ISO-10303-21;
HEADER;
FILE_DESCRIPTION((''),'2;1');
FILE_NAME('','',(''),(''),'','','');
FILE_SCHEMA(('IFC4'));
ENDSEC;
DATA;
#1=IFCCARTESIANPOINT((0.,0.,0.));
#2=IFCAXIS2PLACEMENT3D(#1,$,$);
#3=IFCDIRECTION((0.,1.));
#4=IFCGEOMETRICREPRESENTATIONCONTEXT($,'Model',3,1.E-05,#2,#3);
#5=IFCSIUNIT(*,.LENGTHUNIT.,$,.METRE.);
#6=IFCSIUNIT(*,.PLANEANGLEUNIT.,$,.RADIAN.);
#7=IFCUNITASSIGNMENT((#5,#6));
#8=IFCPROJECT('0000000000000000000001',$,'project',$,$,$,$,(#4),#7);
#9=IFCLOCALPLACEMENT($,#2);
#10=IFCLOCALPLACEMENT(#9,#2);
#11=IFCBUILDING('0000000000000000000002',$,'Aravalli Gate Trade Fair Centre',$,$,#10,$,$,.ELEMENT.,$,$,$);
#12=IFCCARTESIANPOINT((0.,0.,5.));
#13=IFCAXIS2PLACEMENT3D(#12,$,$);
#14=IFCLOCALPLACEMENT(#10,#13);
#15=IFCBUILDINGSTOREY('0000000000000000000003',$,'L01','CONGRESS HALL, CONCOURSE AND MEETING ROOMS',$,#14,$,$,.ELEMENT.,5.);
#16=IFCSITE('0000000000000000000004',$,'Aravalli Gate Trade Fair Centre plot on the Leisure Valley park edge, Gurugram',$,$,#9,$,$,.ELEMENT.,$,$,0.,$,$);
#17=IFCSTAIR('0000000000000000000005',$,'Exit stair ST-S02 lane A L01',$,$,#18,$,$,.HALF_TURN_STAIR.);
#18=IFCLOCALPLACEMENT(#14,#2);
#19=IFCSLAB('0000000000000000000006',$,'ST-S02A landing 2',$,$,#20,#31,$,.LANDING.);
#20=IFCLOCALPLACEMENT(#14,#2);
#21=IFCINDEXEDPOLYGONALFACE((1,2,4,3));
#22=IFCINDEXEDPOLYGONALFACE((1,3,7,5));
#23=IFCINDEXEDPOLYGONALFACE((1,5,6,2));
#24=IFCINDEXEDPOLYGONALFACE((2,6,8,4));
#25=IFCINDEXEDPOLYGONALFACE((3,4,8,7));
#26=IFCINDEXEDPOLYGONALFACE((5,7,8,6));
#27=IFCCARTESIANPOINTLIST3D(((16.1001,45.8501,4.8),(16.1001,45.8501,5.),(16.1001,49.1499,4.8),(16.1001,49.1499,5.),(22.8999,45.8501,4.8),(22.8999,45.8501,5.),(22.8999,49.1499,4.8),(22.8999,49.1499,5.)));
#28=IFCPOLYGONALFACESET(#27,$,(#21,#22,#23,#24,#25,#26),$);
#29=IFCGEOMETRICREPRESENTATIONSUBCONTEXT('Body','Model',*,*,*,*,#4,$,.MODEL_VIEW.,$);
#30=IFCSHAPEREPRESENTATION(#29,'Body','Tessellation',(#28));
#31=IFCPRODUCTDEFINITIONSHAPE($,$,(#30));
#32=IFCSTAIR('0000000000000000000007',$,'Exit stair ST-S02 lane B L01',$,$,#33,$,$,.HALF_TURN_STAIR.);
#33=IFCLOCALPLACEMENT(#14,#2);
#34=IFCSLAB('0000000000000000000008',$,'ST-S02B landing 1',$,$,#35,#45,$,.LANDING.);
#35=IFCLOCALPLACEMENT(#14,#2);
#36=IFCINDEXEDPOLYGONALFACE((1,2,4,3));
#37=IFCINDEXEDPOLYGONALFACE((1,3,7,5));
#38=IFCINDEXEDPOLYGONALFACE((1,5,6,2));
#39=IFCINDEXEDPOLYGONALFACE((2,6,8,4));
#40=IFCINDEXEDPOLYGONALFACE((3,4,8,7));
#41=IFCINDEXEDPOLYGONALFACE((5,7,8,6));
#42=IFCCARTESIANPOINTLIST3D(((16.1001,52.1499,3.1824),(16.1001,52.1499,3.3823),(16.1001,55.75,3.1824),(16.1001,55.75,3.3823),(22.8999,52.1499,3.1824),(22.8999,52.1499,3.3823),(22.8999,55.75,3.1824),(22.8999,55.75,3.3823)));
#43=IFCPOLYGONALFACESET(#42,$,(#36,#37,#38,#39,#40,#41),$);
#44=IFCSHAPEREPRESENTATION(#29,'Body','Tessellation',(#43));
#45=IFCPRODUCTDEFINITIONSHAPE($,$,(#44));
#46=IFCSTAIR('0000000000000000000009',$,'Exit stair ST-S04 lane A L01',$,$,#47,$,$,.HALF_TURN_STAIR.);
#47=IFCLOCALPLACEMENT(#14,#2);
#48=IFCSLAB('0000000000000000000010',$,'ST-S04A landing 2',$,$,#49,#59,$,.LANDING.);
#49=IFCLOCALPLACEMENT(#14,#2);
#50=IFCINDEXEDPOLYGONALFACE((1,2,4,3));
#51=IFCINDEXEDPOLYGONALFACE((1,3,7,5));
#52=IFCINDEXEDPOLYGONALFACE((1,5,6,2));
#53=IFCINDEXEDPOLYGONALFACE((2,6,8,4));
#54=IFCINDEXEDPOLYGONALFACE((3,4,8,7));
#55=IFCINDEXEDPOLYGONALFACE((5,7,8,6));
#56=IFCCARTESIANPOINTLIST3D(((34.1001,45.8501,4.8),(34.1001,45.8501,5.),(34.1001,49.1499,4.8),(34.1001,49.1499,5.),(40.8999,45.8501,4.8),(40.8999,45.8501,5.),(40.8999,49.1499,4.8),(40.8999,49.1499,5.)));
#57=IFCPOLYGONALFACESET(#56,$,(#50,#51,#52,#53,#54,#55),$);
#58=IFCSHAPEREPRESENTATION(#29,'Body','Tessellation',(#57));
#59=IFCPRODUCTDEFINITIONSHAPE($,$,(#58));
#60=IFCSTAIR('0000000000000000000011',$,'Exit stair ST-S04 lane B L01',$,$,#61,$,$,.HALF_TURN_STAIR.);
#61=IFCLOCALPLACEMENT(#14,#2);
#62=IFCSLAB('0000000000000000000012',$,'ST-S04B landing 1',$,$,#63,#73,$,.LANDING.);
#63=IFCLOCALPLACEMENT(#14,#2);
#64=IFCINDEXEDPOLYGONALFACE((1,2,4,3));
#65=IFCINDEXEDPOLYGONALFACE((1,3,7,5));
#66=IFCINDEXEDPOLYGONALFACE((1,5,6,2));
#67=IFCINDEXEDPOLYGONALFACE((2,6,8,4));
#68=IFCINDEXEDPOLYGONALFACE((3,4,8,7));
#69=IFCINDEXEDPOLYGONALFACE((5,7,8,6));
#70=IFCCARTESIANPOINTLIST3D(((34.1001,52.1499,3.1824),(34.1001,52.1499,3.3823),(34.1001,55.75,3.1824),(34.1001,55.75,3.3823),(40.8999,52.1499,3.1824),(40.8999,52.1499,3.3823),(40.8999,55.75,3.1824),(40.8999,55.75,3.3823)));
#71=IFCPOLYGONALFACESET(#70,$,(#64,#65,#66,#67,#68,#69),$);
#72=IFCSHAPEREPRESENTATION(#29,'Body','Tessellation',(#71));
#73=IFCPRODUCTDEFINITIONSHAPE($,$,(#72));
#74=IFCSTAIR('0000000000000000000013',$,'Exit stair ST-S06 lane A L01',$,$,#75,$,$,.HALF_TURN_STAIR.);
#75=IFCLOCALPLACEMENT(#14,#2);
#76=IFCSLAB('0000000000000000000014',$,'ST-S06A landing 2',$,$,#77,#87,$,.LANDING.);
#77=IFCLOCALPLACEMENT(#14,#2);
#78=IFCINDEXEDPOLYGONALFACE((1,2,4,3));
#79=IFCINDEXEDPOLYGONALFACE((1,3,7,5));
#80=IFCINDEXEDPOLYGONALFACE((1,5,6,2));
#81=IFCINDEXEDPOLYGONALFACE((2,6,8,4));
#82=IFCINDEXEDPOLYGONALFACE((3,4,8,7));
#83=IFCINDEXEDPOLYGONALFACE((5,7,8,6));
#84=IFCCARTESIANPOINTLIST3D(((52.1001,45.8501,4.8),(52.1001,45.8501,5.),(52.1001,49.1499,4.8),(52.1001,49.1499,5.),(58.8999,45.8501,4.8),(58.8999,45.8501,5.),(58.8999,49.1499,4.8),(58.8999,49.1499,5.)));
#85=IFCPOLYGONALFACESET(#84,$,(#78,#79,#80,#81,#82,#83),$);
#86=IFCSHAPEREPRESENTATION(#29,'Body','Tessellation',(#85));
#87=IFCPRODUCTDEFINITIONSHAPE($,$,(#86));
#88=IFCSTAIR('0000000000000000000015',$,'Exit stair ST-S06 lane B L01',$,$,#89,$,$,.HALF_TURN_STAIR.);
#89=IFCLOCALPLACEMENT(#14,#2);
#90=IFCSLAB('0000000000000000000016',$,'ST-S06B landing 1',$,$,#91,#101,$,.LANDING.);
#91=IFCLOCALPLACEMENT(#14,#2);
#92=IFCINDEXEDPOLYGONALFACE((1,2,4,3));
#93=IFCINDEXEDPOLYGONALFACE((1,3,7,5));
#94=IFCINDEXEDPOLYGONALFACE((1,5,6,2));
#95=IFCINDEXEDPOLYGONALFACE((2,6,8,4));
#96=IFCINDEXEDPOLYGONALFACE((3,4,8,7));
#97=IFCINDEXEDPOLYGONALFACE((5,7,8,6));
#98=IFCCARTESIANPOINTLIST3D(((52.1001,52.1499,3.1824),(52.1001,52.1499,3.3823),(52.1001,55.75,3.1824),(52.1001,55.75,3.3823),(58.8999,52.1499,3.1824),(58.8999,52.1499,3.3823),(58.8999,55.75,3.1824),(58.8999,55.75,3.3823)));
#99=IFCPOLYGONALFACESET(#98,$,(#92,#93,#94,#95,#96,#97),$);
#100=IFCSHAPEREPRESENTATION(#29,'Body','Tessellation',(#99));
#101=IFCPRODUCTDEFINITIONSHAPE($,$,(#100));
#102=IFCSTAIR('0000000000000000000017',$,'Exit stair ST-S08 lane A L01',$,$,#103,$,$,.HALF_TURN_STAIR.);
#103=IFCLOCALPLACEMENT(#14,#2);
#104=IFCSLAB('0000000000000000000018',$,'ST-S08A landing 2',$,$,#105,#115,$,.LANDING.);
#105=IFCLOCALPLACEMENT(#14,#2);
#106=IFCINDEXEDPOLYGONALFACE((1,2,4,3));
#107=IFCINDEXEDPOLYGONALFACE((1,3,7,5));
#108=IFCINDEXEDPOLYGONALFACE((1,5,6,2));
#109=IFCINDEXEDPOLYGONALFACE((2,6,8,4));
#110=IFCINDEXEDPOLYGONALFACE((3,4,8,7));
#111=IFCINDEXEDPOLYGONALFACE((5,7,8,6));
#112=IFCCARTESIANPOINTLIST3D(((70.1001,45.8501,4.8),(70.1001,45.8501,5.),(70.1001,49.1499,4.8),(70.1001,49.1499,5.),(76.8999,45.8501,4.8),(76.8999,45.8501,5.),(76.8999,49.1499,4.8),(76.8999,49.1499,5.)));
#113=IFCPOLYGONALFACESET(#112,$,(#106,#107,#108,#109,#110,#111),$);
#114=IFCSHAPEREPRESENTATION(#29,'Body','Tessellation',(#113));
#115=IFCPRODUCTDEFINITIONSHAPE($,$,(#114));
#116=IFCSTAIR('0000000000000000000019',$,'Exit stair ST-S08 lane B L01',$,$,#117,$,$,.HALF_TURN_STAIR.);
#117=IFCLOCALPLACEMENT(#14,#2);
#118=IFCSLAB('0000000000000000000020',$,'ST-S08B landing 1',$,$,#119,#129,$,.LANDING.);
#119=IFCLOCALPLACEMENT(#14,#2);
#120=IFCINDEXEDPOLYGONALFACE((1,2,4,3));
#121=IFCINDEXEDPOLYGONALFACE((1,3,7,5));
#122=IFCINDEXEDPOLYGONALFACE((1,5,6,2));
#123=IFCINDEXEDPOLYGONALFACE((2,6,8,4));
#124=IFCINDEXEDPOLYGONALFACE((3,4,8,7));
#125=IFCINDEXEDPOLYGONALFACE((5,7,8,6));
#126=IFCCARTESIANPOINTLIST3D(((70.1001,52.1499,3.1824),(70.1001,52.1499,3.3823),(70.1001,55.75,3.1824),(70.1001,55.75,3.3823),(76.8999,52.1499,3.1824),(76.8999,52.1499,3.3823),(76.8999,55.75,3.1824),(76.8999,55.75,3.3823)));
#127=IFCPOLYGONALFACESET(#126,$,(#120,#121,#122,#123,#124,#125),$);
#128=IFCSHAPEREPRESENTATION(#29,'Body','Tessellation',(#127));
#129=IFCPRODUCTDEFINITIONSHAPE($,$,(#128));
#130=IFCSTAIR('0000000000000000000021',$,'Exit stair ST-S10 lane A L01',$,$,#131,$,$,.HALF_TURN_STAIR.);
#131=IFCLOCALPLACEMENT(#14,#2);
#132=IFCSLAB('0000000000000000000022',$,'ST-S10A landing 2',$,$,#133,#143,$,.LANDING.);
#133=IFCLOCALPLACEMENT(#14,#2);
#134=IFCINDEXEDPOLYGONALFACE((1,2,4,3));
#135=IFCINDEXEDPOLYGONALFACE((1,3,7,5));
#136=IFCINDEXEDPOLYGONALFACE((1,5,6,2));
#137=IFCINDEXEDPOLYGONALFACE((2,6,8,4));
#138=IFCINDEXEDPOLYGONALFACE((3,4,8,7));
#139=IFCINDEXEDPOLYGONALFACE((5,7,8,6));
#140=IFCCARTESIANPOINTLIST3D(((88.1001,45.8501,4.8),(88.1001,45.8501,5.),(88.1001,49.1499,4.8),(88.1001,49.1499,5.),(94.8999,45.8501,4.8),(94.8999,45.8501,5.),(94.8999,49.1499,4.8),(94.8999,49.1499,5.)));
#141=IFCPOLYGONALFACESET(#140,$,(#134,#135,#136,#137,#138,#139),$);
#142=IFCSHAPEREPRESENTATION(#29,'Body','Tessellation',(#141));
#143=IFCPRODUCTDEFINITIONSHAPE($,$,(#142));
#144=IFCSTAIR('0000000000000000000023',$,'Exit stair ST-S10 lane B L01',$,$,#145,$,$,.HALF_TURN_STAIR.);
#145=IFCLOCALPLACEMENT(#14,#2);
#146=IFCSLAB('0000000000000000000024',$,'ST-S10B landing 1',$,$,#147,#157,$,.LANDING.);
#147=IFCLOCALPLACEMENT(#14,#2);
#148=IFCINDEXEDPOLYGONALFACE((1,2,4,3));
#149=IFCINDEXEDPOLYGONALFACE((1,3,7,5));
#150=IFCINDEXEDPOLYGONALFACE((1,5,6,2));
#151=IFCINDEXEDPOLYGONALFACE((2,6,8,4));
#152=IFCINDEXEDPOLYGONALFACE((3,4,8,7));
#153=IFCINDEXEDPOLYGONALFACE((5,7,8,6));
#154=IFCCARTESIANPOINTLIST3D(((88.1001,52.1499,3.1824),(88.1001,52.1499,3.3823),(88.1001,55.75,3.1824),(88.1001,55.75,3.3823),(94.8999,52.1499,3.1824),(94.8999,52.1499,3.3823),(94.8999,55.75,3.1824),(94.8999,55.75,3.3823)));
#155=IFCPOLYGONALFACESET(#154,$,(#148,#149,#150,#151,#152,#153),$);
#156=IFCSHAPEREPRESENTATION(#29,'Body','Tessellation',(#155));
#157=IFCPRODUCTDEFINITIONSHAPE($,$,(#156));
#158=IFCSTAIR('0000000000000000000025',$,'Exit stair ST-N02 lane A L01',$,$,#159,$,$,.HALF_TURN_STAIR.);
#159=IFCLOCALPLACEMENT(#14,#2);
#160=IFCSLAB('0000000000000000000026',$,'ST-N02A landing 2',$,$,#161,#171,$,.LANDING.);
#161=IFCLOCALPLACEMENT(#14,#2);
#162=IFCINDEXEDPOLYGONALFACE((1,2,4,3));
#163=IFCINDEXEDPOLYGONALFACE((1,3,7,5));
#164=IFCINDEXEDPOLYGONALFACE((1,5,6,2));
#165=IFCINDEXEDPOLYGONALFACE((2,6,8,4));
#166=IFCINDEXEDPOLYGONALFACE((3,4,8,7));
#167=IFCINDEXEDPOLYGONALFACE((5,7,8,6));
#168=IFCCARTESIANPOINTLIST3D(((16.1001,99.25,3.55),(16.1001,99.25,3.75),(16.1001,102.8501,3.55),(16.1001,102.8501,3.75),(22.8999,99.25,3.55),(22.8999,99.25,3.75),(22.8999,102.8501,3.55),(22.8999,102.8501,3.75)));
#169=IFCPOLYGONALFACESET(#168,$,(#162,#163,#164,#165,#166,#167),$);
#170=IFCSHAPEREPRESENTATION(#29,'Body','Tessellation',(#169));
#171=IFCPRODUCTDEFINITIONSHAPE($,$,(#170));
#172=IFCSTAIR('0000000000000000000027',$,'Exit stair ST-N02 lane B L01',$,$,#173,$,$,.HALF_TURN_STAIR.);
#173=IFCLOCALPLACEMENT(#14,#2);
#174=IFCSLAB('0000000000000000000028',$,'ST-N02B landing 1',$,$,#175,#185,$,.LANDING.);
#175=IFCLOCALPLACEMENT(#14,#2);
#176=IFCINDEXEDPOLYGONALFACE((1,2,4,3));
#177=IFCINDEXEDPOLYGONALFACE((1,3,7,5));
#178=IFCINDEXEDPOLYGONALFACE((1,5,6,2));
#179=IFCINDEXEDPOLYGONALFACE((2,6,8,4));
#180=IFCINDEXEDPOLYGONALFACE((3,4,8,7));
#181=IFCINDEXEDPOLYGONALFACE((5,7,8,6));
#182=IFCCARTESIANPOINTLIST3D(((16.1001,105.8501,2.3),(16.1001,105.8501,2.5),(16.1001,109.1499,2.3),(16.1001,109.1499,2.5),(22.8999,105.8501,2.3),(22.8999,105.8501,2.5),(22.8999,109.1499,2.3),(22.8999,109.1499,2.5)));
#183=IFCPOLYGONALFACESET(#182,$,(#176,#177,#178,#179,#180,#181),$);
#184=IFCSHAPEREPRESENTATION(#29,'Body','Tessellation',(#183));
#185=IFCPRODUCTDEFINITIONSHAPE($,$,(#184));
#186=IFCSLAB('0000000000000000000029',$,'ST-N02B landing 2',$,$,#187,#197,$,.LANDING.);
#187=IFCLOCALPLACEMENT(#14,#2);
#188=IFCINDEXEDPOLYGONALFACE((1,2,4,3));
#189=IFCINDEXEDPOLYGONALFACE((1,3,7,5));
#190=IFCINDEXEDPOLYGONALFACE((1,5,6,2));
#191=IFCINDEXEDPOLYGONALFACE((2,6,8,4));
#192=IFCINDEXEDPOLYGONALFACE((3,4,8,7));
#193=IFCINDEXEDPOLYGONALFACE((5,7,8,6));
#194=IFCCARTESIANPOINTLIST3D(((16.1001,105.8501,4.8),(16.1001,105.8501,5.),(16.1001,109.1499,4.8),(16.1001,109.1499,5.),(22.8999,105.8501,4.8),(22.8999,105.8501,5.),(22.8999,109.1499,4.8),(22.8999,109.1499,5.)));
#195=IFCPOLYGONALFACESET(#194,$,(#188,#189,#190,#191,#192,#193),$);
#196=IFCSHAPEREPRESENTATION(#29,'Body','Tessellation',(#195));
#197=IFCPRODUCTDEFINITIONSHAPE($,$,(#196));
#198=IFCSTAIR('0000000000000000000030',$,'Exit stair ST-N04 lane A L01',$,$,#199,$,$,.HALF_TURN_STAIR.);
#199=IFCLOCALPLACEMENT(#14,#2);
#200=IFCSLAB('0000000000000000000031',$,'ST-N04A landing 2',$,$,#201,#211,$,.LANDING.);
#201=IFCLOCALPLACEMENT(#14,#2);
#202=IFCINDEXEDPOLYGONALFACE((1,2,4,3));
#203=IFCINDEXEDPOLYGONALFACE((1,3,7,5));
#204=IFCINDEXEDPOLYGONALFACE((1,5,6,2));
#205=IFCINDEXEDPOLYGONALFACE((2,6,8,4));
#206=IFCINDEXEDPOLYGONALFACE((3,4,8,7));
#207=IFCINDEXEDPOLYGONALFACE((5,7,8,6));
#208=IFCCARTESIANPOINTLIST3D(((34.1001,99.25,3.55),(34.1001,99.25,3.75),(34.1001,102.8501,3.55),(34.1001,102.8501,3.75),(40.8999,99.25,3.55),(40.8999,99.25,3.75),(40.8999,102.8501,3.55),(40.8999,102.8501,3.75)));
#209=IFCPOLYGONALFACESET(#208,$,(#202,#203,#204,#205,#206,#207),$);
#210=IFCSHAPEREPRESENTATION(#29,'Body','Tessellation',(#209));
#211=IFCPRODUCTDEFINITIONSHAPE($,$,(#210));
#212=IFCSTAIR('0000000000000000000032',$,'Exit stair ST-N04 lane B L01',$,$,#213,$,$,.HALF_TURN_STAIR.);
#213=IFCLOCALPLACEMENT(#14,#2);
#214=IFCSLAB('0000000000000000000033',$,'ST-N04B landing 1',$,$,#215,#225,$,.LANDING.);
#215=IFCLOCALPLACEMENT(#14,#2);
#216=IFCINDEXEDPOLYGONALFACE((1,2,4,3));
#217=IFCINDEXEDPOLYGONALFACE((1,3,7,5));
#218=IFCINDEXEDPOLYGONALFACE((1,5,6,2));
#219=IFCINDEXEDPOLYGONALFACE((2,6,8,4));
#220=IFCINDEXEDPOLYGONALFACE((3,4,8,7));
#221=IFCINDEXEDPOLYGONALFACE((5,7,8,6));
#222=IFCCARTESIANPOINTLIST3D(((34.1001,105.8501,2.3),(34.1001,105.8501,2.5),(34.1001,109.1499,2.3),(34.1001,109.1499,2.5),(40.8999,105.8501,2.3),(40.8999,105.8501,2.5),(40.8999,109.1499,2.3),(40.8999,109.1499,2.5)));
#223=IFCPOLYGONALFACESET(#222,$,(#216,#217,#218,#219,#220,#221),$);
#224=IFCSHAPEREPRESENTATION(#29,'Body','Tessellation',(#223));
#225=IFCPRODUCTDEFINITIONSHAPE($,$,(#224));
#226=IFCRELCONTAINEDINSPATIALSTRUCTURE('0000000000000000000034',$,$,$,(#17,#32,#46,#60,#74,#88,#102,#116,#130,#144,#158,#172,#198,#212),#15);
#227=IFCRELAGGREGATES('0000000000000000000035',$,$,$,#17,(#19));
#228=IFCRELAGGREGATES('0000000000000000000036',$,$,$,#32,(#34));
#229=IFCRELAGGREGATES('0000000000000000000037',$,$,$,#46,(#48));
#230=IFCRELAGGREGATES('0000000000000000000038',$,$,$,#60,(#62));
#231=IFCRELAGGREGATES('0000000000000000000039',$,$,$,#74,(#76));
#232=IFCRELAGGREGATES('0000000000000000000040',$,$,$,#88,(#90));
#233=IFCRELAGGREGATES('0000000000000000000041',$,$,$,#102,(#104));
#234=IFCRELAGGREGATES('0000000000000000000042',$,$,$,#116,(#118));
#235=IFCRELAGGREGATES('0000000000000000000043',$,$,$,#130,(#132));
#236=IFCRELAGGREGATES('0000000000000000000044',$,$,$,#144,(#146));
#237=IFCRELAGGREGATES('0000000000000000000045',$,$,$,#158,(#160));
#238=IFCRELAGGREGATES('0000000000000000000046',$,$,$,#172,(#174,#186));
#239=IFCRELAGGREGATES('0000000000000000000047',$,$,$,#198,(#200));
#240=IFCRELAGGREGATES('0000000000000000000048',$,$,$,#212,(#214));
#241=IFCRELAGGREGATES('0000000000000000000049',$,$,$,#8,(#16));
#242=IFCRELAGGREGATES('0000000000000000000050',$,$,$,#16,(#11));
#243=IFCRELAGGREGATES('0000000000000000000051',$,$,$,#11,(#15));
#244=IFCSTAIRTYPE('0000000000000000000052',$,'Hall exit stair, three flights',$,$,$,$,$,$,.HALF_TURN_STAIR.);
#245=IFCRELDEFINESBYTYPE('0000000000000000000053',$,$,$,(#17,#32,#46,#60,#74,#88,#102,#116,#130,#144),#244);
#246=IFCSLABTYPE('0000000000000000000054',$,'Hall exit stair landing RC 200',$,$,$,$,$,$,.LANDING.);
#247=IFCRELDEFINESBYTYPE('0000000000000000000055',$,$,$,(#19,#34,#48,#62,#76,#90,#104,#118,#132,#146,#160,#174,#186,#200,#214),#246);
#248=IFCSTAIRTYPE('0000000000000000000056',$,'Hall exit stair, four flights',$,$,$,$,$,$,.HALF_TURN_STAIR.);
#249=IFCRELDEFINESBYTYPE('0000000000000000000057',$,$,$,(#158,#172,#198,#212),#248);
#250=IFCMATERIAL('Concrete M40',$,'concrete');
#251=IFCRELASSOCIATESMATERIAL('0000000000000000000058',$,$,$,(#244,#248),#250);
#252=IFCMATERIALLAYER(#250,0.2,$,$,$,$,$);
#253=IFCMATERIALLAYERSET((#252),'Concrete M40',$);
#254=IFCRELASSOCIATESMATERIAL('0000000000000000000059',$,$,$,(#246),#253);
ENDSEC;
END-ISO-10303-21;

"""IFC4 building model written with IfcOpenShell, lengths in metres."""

from ifc_helpers import new_model, si_unit, direction, frame, origin, place, context, subcontext, project, spatial, polyline, outline, extrude, material, layer, layer_set, type_object, element, aggregate, save


model = new_model("IFC4")

# Units and contexts
model_context = context("Model", 3, precision=1e-05, world=origin(), true_north=direction((0.0, 1.0)))
body_context = subcontext(model_context, "Body", "Model", "MODEL_VIEW")
ifc_project = project(units=[si_unit("LENGTHUNIT", "METRE"), si_unit("PLANEANGLEUNIT", "RADIAN")], contexts=[model_context])

# Site, building, storey
site_placement = place(None, origin())
site = spatial("IfcSite", under=ifc_project, at=site_placement, Name="Aravalli Gate Trade Fair Centre plot on the Leisure Valley park edge, Gurugram", CompositionType="ELEMENT", RefElevation=0.0)
building_placement = place(site_placement, origin())
building = spatial("IfcBuilding", under=site, at=building_placement, Name="Aravalli Gate Trade Fair Centre", CompositionType="ELEMENT")
storey_placement = place(building_placement, frame((0.0, 0.0, 5.0)))
storey = spatial("IfcBuildingStorey", under=building, at=storey_placement, Name="L01", Description="CONGRESS HALL, CONCOURSE AND MEETING ROOMS", CompositionType="ELEMENT", Elevation=5.0)

# Stairs, slabs
ifc_material = material(Name="Concrete M40", Category="concrete")
stair_type_1 = type_object("IfcStairType", Name="Hall exit stair, three flights", PredefinedType="HALF_TURN_STAIR", material=ifc_material)
stair_1_placement = place(storey_placement, origin())
stair_1 = element("IfcStair", 1, at=stair_1_placement, inside=storey, type_object=stair_type_1, Name="Exit stair ST-S02 lane A L01", PredefinedType="HALF_TURN_STAIR")
ifc_layer = layer(ifc_material, 0.2)
ifc_layer_set = layer_set([ifc_layer], Name="Concrete M40")
slab_type = type_object("IfcSlabType", Name="Hall exit stair landing RC 200", PredefinedType="LANDING", material=ifc_layer_set)
slab_1_placement = place(storey_placement, frame((0.0, 0.0, 4.8)))
slab_1 = element("IfcSlab", 2, at=slab_1_placement, type_object=slab_type, Name="ST-S02A landing 2", PredefinedType="LANDING", context=body_context, shape_type="SweptSolid", body=[
    extrude(outline(polyline([(16.1001, 45.8501), (22.8999, 45.8501), (22.8999, 49.1499), (16.1001, 49.1499), (16.1001, 45.8501)])), origin(), (0.0, 0.0, 1.0), 0.2),
])
aggregate(stair_1, [slab_1])
stair_2_placement = place(storey_placement, origin())
stair_2 = element("IfcStair", 3, at=stair_2_placement, inside=storey, type_object=stair_type_1, Name="Exit stair ST-S02 lane B L01", PredefinedType="HALF_TURN_STAIR")
slab_2_placement = place(storey_placement, frame((0.0, 0.0, 3.1824)))
slab_2 = element("IfcSlab", 4, at=slab_2_placement, type_object=slab_type, Name="ST-S02B landing 1", PredefinedType="LANDING", context=body_context, shape_type="SweptSolid", body=[
    extrude(outline(polyline([(16.1001, 52.1499), (22.8999, 52.1499), (22.8999, 55.75), (16.1001, 55.75), (16.1001, 52.1499)])), origin(), (0.0, 0.0, 1.0), 0.2),
])
aggregate(stair_2, [slab_2])
stair_3_placement = place(storey_placement, origin())
stair_3 = element("IfcStair", 5, at=stair_3_placement, inside=storey, type_object=stair_type_1, Name="Exit stair ST-S04 lane A L01", PredefinedType="HALF_TURN_STAIR")
slab_3_placement = place(storey_placement, frame((0.0, 0.0, 4.8)))
slab_3 = element("IfcSlab", 6, at=slab_3_placement, type_object=slab_type, Name="ST-S04A landing 2", PredefinedType="LANDING", context=body_context, shape_type="SweptSolid", body=[
    extrude(outline(polyline([(34.1001, 45.8501), (40.8999, 45.8501), (40.8999, 49.1499), (34.1001, 49.1499), (34.1001, 45.8501)])), origin(), (0.0, 0.0, 1.0), 0.2),
])
aggregate(stair_3, [slab_3])
stair_4_placement = place(storey_placement, origin())
stair_4 = element("IfcStair", 7, at=stair_4_placement, inside=storey, type_object=stair_type_1, Name="Exit stair ST-S04 lane B L01", PredefinedType="HALF_TURN_STAIR")
slab_4_placement = place(storey_placement, frame((0.0, 0.0, 3.1824)))
slab_4 = element("IfcSlab", 8, at=slab_4_placement, type_object=slab_type, Name="ST-S04B landing 1", PredefinedType="LANDING", context=body_context, shape_type="SweptSolid", body=[
    extrude(outline(polyline([(34.1001, 52.1499), (40.8999, 52.1499), (40.8999, 55.75), (34.1001, 55.75), (34.1001, 52.1499)])), origin(), (0.0, 0.0, 1.0), 0.2),
])
aggregate(stair_4, [slab_4])
stair_5_placement = place(storey_placement, origin())
stair_5 = element("IfcStair", 9, at=stair_5_placement, inside=storey, type_object=stair_type_1, Name="Exit stair ST-S06 lane A L01", PredefinedType="HALF_TURN_STAIR")
slab_5_placement = place(storey_placement, frame((0.0, 0.0, 4.8)))
slab_5 = element("IfcSlab", 10, at=slab_5_placement, type_object=slab_type, Name="ST-S06A landing 2", PredefinedType="LANDING", context=body_context, shape_type="SweptSolid", body=[
    extrude(outline(polyline([(52.1001, 45.8501), (58.8999, 45.8501), (58.8999, 49.1499), (52.1001, 49.1499), (52.1001, 45.8501)])), origin(), (0.0, 0.0, 1.0), 0.2),
])
aggregate(stair_5, [slab_5])
stair_6_placement = place(storey_placement, origin())
stair_6 = element("IfcStair", 11, at=stair_6_placement, inside=storey, type_object=stair_type_1, Name="Exit stair ST-S06 lane B L01", PredefinedType="HALF_TURN_STAIR")
slab_6_placement = place(storey_placement, frame((0.0, 0.0, 3.1824)))
slab_6 = element("IfcSlab", 12, at=slab_6_placement, type_object=slab_type, Name="ST-S06B landing 1", PredefinedType="LANDING", context=body_context, shape_type="SweptSolid", body=[
    extrude(outline(polyline([(52.1001, 52.1499), (58.8999, 52.1499), (58.8999, 55.75), (52.1001, 55.75), (52.1001, 52.1499)])), origin(), (0.0, 0.0, 1.0), 0.2),
])
aggregate(stair_6, [slab_6])
stair_7_placement = place(storey_placement, origin())
stair_7 = element("IfcStair", 13, at=stair_7_placement, inside=storey, type_object=stair_type_1, Name="Exit stair ST-S08 lane A L01", PredefinedType="HALF_TURN_STAIR")
slab_7_placement = place(storey_placement, frame((0.0, 0.0, 4.8)))
slab_7 = element("IfcSlab", 14, at=slab_7_placement, type_object=slab_type, Name="ST-S08A landing 2", PredefinedType="LANDING", context=body_context, shape_type="SweptSolid", body=[
    extrude(outline(polyline([(70.1001, 45.8501), (76.8999, 45.8501), (76.8999, 49.1499), (70.1001, 49.1499), (70.1001, 45.8501)])), origin(), (0.0, 0.0, 1.0), 0.2),
])
aggregate(stair_7, [slab_7])
stair_8_placement = place(storey_placement, origin())
stair_8 = element("IfcStair", 15, at=stair_8_placement, inside=storey, type_object=stair_type_1, Name="Exit stair ST-S08 lane B L01", PredefinedType="HALF_TURN_STAIR")
slab_8_placement = place(storey_placement, frame((0.0, 0.0, 3.1824)))
slab_8 = element("IfcSlab", 16, at=slab_8_placement, type_object=slab_type, Name="ST-S08B landing 1", PredefinedType="LANDING", context=body_context, shape_type="SweptSolid", body=[
    extrude(outline(polyline([(70.1001, 52.1499), (76.8999, 52.1499), (76.8999, 55.75), (70.1001, 55.75), (70.1001, 52.1499)])), origin(), (0.0, 0.0, 1.0), 0.2),
])
aggregate(stair_8, [slab_8])
stair_9_placement = place(storey_placement, origin())
stair_9 = element("IfcStair", 17, at=stair_9_placement, inside=storey, type_object=stair_type_1, Name="Exit stair ST-S10 lane A L01", PredefinedType="HALF_TURN_STAIR")
slab_9_placement = place(storey_placement, frame((0.0, 0.0, 4.8)))
slab_9 = element("IfcSlab", 18, at=slab_9_placement, type_object=slab_type, Name="ST-S10A landing 2", PredefinedType="LANDING", context=body_context, shape_type="SweptSolid", body=[
    extrude(outline(polyline([(88.1001, 45.8501), (94.8999, 45.8501), (94.8999, 49.1499), (88.1001, 49.1499), (88.1001, 45.8501)])), origin(), (0.0, 0.0, 1.0), 0.2),
])
aggregate(stair_9, [slab_9])
stair_10_placement = place(storey_placement, origin())
stair_10 = element("IfcStair", 19, at=stair_10_placement, inside=storey, type_object=stair_type_1, Name="Exit stair ST-S10 lane B L01", PredefinedType="HALF_TURN_STAIR")
slab_10_placement = place(storey_placement, frame((0.0, 0.0, 3.1824)))
slab_10 = element("IfcSlab", 20, at=slab_10_placement, type_object=slab_type, Name="ST-S10B landing 1", PredefinedType="LANDING", context=body_context, shape_type="SweptSolid", body=[
    extrude(outline(polyline([(88.1001, 52.1499), (94.8999, 52.1499), (94.8999, 55.75), (88.1001, 55.75), (88.1001, 52.1499)])), origin(), (0.0, 0.0, 1.0), 0.2),
])
aggregate(stair_10, [slab_10])
stair_type_2 = type_object("IfcStairType", Name="Hall exit stair, four flights", PredefinedType="HALF_TURN_STAIR", material=ifc_material)
stair_11_placement = place(storey_placement, origin())
stair_11 = element("IfcStair", 21, at=stair_11_placement, inside=storey, type_object=stair_type_2, Name="Exit stair ST-N02 lane A L01", PredefinedType="HALF_TURN_STAIR")
slab_11_placement = place(storey_placement, frame((0.0, 0.0, 3.55)))
slab_11 = element("IfcSlab", 22, at=slab_11_placement, type_object=slab_type, Name="ST-N02A landing 2", PredefinedType="LANDING", context=body_context, shape_type="SweptSolid", body=[
    extrude(outline(polyline([(16.1001, 102.8501), (22.8999, 102.8501), (22.8999, 99.25), (16.1001, 99.25), (16.1001, 102.8501)])), origin(), (0.0, 0.0, 1.0), 0.2),
])
aggregate(stair_11, [slab_11])

# Stair, slabs
stair_12_placement = place(storey_placement, origin())
stair_12 = element("IfcStair", 23, at=stair_12_placement, inside=storey, type_object=stair_type_2, Name="Exit stair ST-N02 lane B L01", PredefinedType="HALF_TURN_STAIR")
slab_12_placement = place(storey_placement, frame((0.0, 0.0, 2.3)))
slab_12 = element("IfcSlab", 24, at=slab_12_placement, type_object=slab_type, Name="ST-N02B landing 1", PredefinedType="LANDING", context=body_context, shape_type="SweptSolid", body=[
    extrude(outline(polyline([(16.1001, 109.1499), (22.8999, 109.1499), (22.8999, 105.8501), (16.1001, 105.8501), (16.1001, 109.1499)])), origin(), (0.0, 0.0, 1.0), 0.2),
])
slab_13_placement = place(storey_placement, frame((0.0, 0.0, 4.8)))
slab_13 = element("IfcSlab", 25, at=slab_13_placement, type_object=slab_type, Name="ST-N02B landing 2", PredefinedType="LANDING", context=body_context, shape_type="SweptSolid", body=[
    extrude(outline(polyline([(16.1001, 109.1499), (22.8999, 109.1499), (22.8999, 105.8501), (16.1001, 105.8501), (16.1001, 109.1499)])), origin(), (0.0, 0.0, 1.0), 0.2),
])
aggregate(stair_12, [slab_12, slab_13])

# Stair, slab
stair_13_placement = place(storey_placement, origin())
stair_13 = element("IfcStair", 26, at=stair_13_placement, inside=storey, type_object=stair_type_2, Name="Exit stair ST-N04 lane A L01", PredefinedType="HALF_TURN_STAIR")
slab_14_placement = place(storey_placement, frame((0.0, 0.0, 3.55)))
slab_14 = element("IfcSlab", 27, at=slab_14_placement, type_object=slab_type, Name="ST-N04A landing 2", PredefinedType="LANDING", context=body_context, shape_type="SweptSolid", body=[
    extrude(outline(polyline([(34.1001, 102.8501), (40.8999, 102.8501), (40.8999, 99.25), (34.1001, 99.25), (34.1001, 102.8501)])), origin(), (0.0, 0.0, 1.0), 0.2),
])
aggregate(stair_13, [slab_14])

# Stair, slab
stair_14_placement = place(storey_placement, origin())
stair_14 = element("IfcStair", 28, at=stair_14_placement, inside=storey, type_object=stair_type_2, Name="Exit stair ST-N04 lane B L01", PredefinedType="HALF_TURN_STAIR")
slab_15_placement = place(storey_placement, frame((0.0, 0.0, 2.3)))
slab_15 = element("IfcSlab", 29, at=slab_15_placement, type_object=slab_type, Name="ST-N04B landing 1", PredefinedType="LANDING", context=body_context, shape_type="SweptSolid", body=[
    extrude(outline(polyline([(34.1001, 109.1499), (40.8999, 109.1499), (40.8999, 105.8501), (34.1001, 105.8501), (34.1001, 109.1499)])), origin(), (0.0, 0.0, 1.0), 0.2),
])
aggregate(stair_14, [slab_15])

save(model, "model.ifc")
